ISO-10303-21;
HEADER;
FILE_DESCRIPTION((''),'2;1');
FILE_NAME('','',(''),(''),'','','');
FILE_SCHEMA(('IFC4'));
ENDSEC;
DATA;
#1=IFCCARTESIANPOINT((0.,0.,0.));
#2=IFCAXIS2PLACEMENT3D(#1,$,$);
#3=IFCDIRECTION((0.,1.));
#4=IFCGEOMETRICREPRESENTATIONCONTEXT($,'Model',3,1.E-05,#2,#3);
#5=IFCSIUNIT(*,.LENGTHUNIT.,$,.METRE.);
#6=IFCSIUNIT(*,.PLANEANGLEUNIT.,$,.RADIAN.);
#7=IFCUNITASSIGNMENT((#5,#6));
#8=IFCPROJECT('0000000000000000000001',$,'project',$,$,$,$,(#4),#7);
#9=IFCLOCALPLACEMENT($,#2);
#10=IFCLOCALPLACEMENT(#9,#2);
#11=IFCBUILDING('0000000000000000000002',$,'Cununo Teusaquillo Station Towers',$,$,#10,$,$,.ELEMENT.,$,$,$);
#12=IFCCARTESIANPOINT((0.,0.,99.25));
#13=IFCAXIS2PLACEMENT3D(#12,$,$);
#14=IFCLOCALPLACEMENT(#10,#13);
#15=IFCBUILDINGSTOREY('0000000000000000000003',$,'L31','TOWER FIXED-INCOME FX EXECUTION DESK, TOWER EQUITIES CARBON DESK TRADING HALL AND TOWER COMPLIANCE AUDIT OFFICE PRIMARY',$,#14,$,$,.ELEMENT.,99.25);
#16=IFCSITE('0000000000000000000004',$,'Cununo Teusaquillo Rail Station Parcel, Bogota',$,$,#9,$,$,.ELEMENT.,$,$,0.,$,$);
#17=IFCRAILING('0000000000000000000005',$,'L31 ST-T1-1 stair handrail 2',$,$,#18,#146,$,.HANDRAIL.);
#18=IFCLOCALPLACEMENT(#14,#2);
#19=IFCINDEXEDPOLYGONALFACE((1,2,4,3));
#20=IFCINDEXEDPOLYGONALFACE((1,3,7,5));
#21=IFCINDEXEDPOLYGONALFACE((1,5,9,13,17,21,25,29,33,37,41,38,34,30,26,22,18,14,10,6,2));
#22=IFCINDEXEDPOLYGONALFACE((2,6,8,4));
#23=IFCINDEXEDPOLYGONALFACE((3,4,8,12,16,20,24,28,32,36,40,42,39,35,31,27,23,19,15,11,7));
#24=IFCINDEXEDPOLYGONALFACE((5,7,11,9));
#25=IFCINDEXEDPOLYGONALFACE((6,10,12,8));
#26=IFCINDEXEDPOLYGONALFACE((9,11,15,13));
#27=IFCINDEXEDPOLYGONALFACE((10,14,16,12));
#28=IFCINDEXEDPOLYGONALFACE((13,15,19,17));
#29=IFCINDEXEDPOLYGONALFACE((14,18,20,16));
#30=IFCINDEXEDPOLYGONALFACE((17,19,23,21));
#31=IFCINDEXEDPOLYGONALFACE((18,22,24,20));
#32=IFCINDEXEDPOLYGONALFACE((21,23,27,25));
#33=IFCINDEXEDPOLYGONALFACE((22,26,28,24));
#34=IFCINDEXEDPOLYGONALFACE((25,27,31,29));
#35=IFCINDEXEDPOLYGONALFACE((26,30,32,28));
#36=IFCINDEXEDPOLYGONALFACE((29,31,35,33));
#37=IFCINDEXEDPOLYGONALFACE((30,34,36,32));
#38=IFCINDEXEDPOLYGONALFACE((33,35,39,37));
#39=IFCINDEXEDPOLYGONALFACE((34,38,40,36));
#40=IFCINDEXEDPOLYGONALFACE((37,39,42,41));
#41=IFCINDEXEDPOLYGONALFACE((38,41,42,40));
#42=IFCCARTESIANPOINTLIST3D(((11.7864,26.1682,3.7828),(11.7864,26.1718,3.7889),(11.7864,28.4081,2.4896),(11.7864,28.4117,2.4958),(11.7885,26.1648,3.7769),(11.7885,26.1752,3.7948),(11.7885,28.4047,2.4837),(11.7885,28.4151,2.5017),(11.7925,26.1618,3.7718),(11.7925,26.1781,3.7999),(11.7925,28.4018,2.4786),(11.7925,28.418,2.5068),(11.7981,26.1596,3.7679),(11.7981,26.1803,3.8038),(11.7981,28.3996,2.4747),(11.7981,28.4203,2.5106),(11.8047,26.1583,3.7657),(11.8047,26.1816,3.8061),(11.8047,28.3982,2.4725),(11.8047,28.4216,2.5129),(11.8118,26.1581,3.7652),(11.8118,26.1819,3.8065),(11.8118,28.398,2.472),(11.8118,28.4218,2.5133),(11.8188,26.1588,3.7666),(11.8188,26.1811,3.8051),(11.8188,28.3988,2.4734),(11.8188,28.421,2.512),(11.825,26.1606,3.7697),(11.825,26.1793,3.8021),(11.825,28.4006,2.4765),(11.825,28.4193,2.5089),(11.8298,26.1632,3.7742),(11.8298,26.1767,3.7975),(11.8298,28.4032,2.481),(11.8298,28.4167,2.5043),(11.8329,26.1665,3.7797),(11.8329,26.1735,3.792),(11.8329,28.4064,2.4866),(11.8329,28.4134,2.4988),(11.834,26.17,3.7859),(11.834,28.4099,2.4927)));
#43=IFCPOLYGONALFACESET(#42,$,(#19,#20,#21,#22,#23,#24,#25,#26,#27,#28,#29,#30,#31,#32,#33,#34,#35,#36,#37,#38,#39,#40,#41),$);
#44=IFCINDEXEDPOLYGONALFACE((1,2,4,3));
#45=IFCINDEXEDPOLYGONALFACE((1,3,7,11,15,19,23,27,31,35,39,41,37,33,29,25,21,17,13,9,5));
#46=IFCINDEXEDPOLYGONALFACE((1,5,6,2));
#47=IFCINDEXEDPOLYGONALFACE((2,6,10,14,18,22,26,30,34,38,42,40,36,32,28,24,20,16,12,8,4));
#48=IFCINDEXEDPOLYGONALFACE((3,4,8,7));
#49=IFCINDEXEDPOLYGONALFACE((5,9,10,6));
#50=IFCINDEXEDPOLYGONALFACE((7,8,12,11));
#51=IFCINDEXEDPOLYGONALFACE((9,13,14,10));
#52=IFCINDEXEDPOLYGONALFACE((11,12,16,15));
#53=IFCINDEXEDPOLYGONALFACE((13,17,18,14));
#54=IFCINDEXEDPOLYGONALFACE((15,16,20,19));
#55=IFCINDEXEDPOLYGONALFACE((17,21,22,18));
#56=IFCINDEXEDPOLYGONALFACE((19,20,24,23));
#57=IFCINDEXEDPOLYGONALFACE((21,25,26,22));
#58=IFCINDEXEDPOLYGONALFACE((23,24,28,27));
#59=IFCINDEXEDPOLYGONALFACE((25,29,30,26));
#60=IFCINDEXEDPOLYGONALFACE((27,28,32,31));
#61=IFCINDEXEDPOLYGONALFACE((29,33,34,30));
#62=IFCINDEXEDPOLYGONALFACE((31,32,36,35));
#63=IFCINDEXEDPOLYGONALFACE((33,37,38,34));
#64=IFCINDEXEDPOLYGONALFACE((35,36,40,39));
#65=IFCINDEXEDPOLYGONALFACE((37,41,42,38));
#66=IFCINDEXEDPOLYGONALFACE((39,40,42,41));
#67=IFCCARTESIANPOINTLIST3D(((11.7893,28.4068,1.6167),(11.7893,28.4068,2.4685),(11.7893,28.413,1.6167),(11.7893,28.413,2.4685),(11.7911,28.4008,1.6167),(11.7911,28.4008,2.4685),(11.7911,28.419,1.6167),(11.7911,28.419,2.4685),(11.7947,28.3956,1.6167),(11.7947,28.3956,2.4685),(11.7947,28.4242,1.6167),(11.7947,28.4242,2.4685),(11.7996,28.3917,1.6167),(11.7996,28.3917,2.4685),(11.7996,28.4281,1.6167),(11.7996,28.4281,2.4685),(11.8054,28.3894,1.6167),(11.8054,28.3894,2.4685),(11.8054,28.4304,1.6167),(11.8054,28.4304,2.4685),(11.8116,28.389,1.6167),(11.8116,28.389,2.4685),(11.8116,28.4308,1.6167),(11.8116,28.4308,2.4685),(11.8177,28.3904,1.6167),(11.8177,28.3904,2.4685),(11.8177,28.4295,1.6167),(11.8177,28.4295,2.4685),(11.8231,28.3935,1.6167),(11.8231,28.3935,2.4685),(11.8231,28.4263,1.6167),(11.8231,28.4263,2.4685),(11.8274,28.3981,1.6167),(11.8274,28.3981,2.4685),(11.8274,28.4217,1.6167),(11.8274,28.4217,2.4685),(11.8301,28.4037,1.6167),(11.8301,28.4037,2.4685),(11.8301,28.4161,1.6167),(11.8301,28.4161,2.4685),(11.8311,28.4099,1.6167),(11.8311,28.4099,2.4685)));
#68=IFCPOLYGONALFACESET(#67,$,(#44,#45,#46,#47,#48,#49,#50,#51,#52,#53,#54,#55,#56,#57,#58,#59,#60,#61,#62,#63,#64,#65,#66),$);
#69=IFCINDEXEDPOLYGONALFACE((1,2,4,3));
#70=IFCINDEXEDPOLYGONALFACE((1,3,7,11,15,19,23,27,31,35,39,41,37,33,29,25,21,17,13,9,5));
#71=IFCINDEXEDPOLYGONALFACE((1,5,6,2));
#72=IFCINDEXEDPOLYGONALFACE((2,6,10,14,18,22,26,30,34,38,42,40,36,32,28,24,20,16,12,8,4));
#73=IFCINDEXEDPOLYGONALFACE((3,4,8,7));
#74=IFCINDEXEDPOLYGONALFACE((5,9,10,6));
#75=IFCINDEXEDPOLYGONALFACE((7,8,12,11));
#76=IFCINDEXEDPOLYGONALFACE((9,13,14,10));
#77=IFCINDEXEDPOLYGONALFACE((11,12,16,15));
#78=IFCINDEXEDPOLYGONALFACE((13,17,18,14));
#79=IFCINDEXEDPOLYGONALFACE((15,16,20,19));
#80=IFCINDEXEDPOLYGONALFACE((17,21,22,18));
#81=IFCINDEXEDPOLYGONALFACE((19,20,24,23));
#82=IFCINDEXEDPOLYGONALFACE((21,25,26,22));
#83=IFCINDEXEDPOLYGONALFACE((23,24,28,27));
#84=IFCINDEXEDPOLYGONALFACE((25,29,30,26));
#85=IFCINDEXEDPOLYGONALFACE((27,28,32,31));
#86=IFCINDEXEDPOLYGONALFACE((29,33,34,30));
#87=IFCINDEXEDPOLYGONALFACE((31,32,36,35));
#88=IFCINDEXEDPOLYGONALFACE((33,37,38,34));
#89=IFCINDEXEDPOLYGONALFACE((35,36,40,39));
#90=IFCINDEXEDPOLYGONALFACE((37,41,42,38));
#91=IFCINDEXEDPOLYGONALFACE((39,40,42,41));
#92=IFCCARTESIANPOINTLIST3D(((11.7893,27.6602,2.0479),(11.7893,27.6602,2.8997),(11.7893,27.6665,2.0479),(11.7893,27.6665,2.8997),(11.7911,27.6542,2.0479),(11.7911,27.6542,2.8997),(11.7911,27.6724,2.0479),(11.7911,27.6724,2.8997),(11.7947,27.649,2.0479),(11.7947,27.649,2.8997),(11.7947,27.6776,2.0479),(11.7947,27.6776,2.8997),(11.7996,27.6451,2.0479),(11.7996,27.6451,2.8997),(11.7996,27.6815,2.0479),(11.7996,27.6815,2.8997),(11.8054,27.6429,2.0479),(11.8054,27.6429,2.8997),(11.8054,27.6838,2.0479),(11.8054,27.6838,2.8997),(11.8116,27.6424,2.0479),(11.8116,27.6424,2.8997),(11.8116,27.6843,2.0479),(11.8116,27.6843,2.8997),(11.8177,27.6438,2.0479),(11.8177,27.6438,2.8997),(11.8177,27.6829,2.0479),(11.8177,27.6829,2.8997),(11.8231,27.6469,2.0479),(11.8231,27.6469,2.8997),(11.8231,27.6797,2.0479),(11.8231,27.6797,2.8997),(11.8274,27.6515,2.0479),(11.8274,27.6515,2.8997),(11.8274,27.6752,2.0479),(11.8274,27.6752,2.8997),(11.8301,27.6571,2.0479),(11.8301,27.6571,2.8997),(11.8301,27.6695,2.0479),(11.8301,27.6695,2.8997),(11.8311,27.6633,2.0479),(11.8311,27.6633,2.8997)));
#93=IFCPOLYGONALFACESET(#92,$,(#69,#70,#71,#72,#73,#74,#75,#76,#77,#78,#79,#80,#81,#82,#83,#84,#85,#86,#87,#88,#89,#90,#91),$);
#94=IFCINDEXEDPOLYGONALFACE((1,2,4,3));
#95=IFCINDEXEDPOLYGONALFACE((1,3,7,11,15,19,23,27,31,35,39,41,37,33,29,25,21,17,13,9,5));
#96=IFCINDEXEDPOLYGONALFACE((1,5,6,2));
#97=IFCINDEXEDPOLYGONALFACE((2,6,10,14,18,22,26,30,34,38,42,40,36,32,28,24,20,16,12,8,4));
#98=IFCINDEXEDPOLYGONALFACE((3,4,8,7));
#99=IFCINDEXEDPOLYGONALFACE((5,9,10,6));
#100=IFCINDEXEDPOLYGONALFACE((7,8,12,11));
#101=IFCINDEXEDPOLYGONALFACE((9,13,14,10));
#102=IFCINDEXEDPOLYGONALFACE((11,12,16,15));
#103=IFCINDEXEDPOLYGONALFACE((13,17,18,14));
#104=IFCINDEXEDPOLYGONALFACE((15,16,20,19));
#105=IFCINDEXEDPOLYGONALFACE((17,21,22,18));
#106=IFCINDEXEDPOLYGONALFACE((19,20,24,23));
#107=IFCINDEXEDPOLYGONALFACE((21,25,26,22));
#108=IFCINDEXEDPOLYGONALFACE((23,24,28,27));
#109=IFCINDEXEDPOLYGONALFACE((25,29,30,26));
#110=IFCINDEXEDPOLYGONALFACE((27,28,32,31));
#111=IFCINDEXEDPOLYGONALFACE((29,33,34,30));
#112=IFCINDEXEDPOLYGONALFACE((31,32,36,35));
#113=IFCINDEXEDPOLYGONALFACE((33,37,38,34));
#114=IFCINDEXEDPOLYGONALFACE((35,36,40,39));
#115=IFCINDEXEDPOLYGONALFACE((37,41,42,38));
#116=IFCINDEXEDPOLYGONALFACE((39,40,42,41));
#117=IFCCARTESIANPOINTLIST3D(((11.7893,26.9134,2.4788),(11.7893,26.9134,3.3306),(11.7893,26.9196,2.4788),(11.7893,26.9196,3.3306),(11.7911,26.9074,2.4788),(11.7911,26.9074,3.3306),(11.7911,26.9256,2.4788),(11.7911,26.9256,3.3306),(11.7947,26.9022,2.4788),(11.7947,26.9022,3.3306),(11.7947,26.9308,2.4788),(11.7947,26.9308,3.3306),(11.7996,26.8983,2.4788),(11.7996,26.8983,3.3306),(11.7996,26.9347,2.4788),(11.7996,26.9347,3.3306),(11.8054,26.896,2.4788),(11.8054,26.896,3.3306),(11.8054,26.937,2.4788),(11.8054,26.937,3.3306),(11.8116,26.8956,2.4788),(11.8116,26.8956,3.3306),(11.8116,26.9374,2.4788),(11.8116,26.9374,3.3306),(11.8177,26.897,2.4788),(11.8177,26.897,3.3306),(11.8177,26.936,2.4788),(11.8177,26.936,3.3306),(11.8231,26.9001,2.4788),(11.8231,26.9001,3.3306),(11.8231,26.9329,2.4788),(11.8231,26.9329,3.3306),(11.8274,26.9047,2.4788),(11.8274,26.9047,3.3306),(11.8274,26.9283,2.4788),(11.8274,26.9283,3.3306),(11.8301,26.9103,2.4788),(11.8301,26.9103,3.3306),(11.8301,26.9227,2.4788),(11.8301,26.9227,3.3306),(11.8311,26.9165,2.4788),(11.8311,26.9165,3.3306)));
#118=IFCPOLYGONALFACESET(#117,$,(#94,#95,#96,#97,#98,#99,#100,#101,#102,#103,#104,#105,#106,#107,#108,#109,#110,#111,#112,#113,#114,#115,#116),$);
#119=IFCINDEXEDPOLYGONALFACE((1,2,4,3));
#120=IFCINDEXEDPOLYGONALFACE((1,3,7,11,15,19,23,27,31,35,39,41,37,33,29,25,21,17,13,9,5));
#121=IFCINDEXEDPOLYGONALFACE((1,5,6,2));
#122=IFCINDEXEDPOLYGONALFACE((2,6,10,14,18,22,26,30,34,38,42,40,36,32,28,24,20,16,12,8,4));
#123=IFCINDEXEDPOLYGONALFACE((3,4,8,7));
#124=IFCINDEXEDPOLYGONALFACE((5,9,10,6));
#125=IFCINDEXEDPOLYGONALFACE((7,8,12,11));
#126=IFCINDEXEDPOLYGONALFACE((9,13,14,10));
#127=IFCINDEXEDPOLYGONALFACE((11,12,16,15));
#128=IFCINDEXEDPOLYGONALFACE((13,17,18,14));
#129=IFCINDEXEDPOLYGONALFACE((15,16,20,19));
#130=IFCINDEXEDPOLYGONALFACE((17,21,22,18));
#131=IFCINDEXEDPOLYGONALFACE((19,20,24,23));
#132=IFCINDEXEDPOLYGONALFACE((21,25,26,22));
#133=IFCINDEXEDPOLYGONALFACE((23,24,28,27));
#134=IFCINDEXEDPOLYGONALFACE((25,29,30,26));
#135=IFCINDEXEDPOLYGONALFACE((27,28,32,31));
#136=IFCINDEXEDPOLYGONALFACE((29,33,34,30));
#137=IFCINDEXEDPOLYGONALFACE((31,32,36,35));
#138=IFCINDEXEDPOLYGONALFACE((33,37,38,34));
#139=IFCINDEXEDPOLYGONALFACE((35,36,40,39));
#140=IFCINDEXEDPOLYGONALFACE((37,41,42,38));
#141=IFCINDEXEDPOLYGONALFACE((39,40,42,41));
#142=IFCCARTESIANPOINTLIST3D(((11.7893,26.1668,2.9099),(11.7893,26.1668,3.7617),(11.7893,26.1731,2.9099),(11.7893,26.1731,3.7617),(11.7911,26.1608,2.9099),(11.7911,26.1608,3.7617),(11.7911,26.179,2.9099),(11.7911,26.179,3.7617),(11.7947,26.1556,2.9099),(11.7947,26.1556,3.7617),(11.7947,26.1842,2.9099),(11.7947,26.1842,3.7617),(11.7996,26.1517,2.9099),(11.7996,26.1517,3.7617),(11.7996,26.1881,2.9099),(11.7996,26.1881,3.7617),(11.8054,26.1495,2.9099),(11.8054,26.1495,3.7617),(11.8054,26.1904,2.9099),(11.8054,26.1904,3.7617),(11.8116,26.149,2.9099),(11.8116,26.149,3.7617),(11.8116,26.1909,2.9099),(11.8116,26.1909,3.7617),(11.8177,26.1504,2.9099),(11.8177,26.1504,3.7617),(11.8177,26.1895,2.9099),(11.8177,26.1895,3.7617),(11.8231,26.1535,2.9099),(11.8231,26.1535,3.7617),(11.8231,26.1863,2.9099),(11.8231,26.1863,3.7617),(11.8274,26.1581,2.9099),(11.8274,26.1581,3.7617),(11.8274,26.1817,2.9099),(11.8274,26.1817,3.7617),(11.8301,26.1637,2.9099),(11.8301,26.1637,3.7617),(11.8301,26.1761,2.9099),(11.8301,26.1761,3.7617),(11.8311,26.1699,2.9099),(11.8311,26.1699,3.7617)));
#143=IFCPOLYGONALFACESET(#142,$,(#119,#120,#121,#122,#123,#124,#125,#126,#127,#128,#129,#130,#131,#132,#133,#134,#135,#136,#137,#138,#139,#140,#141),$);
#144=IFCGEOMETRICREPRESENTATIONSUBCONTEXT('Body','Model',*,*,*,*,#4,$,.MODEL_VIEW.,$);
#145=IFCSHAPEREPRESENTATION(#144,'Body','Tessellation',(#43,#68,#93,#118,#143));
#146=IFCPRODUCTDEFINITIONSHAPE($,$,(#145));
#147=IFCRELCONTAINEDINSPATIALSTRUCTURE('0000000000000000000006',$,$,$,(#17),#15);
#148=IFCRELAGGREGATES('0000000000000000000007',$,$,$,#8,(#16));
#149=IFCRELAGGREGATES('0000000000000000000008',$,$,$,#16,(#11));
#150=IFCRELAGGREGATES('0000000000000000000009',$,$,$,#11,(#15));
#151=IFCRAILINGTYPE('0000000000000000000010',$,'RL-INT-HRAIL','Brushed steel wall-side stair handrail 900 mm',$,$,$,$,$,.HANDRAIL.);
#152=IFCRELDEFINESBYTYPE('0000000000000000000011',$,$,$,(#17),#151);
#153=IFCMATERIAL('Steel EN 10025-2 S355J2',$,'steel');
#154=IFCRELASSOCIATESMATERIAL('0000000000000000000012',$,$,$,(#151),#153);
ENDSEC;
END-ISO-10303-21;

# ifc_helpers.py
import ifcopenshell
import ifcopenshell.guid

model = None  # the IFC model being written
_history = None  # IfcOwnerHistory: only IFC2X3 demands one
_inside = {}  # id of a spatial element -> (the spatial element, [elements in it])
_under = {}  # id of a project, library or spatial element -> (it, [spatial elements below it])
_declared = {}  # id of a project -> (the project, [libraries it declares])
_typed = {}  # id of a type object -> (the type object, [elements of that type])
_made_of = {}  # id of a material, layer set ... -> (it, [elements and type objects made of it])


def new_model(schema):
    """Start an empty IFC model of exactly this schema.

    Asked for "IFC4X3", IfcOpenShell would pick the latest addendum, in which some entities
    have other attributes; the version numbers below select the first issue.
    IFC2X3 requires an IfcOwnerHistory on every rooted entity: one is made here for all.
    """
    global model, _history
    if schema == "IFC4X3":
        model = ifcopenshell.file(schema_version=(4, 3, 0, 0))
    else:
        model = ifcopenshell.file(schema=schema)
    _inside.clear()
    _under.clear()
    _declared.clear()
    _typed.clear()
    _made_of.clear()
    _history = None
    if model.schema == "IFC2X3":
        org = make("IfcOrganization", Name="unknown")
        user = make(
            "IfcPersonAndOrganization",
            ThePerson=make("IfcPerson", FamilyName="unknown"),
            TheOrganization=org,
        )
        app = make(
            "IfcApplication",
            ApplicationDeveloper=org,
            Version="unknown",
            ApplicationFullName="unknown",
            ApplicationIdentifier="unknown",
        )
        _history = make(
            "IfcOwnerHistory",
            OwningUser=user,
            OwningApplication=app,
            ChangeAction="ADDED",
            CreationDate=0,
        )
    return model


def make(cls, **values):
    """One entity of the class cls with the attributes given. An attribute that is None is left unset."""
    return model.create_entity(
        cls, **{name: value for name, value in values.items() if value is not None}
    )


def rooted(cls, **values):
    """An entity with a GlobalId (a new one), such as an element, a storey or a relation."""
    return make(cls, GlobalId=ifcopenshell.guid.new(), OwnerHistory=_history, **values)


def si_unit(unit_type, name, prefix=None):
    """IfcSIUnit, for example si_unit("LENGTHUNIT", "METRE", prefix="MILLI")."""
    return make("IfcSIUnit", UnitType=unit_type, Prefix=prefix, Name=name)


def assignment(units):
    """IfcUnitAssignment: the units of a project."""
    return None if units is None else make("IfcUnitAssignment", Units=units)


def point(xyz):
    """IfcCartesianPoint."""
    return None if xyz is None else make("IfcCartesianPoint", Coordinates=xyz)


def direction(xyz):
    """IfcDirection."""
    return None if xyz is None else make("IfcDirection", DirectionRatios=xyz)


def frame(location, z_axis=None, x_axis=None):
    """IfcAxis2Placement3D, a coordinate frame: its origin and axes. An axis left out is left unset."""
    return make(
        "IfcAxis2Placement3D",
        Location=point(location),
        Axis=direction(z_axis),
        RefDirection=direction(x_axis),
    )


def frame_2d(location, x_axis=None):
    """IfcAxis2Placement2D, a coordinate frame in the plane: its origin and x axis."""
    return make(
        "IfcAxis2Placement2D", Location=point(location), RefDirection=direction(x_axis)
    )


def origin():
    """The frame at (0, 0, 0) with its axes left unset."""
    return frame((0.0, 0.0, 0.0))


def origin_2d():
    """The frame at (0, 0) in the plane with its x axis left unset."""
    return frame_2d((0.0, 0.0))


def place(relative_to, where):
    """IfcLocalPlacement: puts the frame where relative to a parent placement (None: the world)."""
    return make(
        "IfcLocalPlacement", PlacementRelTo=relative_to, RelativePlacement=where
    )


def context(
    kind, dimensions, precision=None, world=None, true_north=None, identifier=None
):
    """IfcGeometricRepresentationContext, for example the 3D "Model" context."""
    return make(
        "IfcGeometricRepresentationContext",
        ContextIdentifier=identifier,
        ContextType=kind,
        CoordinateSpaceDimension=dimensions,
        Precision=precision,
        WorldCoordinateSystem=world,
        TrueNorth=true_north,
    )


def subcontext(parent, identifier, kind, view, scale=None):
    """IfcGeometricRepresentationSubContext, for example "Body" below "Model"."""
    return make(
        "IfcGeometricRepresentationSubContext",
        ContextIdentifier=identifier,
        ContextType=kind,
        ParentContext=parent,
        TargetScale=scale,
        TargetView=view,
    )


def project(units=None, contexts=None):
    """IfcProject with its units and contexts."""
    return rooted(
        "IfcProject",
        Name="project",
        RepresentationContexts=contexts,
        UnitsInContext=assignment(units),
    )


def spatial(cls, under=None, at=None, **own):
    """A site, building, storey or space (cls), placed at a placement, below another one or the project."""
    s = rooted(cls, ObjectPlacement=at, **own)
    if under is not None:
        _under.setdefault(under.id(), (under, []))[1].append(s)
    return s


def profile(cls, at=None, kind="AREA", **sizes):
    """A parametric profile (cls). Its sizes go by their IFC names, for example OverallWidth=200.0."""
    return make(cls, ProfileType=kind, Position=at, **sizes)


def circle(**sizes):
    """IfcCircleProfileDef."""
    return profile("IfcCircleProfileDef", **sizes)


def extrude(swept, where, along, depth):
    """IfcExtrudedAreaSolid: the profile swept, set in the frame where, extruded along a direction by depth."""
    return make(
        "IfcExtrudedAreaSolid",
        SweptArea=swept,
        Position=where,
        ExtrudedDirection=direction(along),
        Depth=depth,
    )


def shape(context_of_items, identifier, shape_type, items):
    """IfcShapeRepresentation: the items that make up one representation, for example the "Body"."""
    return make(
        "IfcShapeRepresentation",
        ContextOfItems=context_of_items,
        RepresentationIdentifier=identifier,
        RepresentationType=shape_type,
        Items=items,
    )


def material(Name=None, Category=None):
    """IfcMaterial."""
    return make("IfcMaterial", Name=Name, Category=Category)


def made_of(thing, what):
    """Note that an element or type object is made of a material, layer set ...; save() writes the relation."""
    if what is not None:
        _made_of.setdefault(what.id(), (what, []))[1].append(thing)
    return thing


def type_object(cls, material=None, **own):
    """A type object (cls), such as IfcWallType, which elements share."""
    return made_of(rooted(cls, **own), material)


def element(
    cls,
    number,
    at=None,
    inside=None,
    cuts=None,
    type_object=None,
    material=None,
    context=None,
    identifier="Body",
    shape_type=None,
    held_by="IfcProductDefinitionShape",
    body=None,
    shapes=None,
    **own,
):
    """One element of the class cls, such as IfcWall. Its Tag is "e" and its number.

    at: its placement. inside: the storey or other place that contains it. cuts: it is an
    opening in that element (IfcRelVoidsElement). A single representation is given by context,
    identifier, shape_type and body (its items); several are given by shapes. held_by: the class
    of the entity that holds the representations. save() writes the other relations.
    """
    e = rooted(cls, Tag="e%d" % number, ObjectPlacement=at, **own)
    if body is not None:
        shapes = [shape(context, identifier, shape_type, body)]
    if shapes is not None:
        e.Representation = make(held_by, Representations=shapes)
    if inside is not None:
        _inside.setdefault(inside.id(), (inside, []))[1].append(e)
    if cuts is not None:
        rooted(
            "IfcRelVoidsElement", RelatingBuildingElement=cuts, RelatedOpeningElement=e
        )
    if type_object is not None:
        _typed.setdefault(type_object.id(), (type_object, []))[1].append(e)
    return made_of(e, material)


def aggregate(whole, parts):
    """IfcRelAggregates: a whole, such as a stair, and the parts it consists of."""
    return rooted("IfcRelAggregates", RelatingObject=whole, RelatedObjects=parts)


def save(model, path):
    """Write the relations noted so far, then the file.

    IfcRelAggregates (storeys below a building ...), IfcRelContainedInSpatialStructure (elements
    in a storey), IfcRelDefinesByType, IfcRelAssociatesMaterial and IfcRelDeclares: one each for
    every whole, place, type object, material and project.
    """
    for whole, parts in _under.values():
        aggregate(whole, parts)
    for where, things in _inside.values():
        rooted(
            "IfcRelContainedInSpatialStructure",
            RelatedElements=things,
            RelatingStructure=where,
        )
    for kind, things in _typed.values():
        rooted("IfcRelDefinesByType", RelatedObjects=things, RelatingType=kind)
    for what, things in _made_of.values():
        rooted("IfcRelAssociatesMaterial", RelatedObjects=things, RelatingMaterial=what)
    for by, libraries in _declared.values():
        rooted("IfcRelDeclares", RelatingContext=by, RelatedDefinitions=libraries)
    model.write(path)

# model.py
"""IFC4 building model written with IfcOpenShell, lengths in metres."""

from ifc_helpers import new_model, si_unit, direction, frame, origin, origin_2d, place, context, subcontext, project, spatial, circle, extrude, material, type_object, element, save


model = new_model("IFC4")

# Units and contexts
model_context = context("Model", 3, precision=1e-05, world=origin(), true_north=direction((0.0, 1.0)))
body_context = subcontext(model_context, "Body", "Model", "MODEL_VIEW")
ifc_project = project(units=[si_unit("LENGTHUNIT", "METRE"), si_unit("PLANEANGLEUNIT", "RADIAN")], contexts=[model_context])

# Site, building, storey
site_placement = place(None, origin())
site = spatial("IfcSite", under=ifc_project, at=site_placement, Name="Cununo Teusaquillo Rail Station Parcel, Bogota", CompositionType="ELEMENT", RefElevation=0.0)
building_placement = place(site_placement, origin())
building = spatial("IfcBuilding", under=site, at=building_placement, Name="Cununo Teusaquillo Station Towers", CompositionType="ELEMENT")
storey_placement = place(building_placement, frame((0.0, 0.0, 99.25)))
storey = spatial("IfcBuildingStorey", under=building, at=storey_placement, Name="L31", Description="TOWER FIXED-INCOME FX EXECUTION DESK, TOWER EQUITIES CARBON DESK TRADING HALL AND TOWER COMPLIANCE AUDIT OFFICE PRIMARY", CompositionType="ELEMENT", Elevation=99.25)

# Railing
ifc_material_1 = material(Name="Steel EN 10025-2 S355J2", Category="steel")
railing_type_1 = type_object("IfcRailingType", Name="RL-INT-HRAIL", Description="Brushed steel wall-side stair handrail 900 mm", PredefinedType="HANDRAIL", material=ifc_material_1)
railing_1_placement = place(storey_placement, frame((11.8101, 28.4099, 1.6167)))
element("IfcRailing", 1, at=railing_1_placement, inside=storey, type_object=railing_type_1, Name="L31 ST-T1-1 stair handrail 2", PredefinedType="HANDRAIL", context=body_context, shape_type="SweptSolid", body=[
    extrude(circle(Radius=0.0239, at=origin_2d()), frame((0.0, 0.0, 0.876), z_axis=(0.0, -0.866033, 0.499987), x_axis=(1.0, 0.0, 0.0)), (0.0, 0.0, 1.0), 2.5864),
    extrude(circle(Radius=0.021, at=origin_2d()), origin(), (0.0, 0.0, 1.0), 0.8518),
    extrude(circle(Radius=0.021, at=origin_2d()), frame((0.0, -0.7466, 0.4312)), (0.0, 0.0, 1.0), 0.8518),
    extrude(circle(Radius=0.021, at=origin_2d()), frame((0.0, -1.4934, 0.8621)), (0.0, 0.0, 1.0), 0.8518),
    extrude(circle(Radius=0.021, at=origin_2d()), frame((0.0, -2.24, 1.2932)), (0.0, 0.0, 1.0), 0.8518),
])

save(model, "model.ifc")
